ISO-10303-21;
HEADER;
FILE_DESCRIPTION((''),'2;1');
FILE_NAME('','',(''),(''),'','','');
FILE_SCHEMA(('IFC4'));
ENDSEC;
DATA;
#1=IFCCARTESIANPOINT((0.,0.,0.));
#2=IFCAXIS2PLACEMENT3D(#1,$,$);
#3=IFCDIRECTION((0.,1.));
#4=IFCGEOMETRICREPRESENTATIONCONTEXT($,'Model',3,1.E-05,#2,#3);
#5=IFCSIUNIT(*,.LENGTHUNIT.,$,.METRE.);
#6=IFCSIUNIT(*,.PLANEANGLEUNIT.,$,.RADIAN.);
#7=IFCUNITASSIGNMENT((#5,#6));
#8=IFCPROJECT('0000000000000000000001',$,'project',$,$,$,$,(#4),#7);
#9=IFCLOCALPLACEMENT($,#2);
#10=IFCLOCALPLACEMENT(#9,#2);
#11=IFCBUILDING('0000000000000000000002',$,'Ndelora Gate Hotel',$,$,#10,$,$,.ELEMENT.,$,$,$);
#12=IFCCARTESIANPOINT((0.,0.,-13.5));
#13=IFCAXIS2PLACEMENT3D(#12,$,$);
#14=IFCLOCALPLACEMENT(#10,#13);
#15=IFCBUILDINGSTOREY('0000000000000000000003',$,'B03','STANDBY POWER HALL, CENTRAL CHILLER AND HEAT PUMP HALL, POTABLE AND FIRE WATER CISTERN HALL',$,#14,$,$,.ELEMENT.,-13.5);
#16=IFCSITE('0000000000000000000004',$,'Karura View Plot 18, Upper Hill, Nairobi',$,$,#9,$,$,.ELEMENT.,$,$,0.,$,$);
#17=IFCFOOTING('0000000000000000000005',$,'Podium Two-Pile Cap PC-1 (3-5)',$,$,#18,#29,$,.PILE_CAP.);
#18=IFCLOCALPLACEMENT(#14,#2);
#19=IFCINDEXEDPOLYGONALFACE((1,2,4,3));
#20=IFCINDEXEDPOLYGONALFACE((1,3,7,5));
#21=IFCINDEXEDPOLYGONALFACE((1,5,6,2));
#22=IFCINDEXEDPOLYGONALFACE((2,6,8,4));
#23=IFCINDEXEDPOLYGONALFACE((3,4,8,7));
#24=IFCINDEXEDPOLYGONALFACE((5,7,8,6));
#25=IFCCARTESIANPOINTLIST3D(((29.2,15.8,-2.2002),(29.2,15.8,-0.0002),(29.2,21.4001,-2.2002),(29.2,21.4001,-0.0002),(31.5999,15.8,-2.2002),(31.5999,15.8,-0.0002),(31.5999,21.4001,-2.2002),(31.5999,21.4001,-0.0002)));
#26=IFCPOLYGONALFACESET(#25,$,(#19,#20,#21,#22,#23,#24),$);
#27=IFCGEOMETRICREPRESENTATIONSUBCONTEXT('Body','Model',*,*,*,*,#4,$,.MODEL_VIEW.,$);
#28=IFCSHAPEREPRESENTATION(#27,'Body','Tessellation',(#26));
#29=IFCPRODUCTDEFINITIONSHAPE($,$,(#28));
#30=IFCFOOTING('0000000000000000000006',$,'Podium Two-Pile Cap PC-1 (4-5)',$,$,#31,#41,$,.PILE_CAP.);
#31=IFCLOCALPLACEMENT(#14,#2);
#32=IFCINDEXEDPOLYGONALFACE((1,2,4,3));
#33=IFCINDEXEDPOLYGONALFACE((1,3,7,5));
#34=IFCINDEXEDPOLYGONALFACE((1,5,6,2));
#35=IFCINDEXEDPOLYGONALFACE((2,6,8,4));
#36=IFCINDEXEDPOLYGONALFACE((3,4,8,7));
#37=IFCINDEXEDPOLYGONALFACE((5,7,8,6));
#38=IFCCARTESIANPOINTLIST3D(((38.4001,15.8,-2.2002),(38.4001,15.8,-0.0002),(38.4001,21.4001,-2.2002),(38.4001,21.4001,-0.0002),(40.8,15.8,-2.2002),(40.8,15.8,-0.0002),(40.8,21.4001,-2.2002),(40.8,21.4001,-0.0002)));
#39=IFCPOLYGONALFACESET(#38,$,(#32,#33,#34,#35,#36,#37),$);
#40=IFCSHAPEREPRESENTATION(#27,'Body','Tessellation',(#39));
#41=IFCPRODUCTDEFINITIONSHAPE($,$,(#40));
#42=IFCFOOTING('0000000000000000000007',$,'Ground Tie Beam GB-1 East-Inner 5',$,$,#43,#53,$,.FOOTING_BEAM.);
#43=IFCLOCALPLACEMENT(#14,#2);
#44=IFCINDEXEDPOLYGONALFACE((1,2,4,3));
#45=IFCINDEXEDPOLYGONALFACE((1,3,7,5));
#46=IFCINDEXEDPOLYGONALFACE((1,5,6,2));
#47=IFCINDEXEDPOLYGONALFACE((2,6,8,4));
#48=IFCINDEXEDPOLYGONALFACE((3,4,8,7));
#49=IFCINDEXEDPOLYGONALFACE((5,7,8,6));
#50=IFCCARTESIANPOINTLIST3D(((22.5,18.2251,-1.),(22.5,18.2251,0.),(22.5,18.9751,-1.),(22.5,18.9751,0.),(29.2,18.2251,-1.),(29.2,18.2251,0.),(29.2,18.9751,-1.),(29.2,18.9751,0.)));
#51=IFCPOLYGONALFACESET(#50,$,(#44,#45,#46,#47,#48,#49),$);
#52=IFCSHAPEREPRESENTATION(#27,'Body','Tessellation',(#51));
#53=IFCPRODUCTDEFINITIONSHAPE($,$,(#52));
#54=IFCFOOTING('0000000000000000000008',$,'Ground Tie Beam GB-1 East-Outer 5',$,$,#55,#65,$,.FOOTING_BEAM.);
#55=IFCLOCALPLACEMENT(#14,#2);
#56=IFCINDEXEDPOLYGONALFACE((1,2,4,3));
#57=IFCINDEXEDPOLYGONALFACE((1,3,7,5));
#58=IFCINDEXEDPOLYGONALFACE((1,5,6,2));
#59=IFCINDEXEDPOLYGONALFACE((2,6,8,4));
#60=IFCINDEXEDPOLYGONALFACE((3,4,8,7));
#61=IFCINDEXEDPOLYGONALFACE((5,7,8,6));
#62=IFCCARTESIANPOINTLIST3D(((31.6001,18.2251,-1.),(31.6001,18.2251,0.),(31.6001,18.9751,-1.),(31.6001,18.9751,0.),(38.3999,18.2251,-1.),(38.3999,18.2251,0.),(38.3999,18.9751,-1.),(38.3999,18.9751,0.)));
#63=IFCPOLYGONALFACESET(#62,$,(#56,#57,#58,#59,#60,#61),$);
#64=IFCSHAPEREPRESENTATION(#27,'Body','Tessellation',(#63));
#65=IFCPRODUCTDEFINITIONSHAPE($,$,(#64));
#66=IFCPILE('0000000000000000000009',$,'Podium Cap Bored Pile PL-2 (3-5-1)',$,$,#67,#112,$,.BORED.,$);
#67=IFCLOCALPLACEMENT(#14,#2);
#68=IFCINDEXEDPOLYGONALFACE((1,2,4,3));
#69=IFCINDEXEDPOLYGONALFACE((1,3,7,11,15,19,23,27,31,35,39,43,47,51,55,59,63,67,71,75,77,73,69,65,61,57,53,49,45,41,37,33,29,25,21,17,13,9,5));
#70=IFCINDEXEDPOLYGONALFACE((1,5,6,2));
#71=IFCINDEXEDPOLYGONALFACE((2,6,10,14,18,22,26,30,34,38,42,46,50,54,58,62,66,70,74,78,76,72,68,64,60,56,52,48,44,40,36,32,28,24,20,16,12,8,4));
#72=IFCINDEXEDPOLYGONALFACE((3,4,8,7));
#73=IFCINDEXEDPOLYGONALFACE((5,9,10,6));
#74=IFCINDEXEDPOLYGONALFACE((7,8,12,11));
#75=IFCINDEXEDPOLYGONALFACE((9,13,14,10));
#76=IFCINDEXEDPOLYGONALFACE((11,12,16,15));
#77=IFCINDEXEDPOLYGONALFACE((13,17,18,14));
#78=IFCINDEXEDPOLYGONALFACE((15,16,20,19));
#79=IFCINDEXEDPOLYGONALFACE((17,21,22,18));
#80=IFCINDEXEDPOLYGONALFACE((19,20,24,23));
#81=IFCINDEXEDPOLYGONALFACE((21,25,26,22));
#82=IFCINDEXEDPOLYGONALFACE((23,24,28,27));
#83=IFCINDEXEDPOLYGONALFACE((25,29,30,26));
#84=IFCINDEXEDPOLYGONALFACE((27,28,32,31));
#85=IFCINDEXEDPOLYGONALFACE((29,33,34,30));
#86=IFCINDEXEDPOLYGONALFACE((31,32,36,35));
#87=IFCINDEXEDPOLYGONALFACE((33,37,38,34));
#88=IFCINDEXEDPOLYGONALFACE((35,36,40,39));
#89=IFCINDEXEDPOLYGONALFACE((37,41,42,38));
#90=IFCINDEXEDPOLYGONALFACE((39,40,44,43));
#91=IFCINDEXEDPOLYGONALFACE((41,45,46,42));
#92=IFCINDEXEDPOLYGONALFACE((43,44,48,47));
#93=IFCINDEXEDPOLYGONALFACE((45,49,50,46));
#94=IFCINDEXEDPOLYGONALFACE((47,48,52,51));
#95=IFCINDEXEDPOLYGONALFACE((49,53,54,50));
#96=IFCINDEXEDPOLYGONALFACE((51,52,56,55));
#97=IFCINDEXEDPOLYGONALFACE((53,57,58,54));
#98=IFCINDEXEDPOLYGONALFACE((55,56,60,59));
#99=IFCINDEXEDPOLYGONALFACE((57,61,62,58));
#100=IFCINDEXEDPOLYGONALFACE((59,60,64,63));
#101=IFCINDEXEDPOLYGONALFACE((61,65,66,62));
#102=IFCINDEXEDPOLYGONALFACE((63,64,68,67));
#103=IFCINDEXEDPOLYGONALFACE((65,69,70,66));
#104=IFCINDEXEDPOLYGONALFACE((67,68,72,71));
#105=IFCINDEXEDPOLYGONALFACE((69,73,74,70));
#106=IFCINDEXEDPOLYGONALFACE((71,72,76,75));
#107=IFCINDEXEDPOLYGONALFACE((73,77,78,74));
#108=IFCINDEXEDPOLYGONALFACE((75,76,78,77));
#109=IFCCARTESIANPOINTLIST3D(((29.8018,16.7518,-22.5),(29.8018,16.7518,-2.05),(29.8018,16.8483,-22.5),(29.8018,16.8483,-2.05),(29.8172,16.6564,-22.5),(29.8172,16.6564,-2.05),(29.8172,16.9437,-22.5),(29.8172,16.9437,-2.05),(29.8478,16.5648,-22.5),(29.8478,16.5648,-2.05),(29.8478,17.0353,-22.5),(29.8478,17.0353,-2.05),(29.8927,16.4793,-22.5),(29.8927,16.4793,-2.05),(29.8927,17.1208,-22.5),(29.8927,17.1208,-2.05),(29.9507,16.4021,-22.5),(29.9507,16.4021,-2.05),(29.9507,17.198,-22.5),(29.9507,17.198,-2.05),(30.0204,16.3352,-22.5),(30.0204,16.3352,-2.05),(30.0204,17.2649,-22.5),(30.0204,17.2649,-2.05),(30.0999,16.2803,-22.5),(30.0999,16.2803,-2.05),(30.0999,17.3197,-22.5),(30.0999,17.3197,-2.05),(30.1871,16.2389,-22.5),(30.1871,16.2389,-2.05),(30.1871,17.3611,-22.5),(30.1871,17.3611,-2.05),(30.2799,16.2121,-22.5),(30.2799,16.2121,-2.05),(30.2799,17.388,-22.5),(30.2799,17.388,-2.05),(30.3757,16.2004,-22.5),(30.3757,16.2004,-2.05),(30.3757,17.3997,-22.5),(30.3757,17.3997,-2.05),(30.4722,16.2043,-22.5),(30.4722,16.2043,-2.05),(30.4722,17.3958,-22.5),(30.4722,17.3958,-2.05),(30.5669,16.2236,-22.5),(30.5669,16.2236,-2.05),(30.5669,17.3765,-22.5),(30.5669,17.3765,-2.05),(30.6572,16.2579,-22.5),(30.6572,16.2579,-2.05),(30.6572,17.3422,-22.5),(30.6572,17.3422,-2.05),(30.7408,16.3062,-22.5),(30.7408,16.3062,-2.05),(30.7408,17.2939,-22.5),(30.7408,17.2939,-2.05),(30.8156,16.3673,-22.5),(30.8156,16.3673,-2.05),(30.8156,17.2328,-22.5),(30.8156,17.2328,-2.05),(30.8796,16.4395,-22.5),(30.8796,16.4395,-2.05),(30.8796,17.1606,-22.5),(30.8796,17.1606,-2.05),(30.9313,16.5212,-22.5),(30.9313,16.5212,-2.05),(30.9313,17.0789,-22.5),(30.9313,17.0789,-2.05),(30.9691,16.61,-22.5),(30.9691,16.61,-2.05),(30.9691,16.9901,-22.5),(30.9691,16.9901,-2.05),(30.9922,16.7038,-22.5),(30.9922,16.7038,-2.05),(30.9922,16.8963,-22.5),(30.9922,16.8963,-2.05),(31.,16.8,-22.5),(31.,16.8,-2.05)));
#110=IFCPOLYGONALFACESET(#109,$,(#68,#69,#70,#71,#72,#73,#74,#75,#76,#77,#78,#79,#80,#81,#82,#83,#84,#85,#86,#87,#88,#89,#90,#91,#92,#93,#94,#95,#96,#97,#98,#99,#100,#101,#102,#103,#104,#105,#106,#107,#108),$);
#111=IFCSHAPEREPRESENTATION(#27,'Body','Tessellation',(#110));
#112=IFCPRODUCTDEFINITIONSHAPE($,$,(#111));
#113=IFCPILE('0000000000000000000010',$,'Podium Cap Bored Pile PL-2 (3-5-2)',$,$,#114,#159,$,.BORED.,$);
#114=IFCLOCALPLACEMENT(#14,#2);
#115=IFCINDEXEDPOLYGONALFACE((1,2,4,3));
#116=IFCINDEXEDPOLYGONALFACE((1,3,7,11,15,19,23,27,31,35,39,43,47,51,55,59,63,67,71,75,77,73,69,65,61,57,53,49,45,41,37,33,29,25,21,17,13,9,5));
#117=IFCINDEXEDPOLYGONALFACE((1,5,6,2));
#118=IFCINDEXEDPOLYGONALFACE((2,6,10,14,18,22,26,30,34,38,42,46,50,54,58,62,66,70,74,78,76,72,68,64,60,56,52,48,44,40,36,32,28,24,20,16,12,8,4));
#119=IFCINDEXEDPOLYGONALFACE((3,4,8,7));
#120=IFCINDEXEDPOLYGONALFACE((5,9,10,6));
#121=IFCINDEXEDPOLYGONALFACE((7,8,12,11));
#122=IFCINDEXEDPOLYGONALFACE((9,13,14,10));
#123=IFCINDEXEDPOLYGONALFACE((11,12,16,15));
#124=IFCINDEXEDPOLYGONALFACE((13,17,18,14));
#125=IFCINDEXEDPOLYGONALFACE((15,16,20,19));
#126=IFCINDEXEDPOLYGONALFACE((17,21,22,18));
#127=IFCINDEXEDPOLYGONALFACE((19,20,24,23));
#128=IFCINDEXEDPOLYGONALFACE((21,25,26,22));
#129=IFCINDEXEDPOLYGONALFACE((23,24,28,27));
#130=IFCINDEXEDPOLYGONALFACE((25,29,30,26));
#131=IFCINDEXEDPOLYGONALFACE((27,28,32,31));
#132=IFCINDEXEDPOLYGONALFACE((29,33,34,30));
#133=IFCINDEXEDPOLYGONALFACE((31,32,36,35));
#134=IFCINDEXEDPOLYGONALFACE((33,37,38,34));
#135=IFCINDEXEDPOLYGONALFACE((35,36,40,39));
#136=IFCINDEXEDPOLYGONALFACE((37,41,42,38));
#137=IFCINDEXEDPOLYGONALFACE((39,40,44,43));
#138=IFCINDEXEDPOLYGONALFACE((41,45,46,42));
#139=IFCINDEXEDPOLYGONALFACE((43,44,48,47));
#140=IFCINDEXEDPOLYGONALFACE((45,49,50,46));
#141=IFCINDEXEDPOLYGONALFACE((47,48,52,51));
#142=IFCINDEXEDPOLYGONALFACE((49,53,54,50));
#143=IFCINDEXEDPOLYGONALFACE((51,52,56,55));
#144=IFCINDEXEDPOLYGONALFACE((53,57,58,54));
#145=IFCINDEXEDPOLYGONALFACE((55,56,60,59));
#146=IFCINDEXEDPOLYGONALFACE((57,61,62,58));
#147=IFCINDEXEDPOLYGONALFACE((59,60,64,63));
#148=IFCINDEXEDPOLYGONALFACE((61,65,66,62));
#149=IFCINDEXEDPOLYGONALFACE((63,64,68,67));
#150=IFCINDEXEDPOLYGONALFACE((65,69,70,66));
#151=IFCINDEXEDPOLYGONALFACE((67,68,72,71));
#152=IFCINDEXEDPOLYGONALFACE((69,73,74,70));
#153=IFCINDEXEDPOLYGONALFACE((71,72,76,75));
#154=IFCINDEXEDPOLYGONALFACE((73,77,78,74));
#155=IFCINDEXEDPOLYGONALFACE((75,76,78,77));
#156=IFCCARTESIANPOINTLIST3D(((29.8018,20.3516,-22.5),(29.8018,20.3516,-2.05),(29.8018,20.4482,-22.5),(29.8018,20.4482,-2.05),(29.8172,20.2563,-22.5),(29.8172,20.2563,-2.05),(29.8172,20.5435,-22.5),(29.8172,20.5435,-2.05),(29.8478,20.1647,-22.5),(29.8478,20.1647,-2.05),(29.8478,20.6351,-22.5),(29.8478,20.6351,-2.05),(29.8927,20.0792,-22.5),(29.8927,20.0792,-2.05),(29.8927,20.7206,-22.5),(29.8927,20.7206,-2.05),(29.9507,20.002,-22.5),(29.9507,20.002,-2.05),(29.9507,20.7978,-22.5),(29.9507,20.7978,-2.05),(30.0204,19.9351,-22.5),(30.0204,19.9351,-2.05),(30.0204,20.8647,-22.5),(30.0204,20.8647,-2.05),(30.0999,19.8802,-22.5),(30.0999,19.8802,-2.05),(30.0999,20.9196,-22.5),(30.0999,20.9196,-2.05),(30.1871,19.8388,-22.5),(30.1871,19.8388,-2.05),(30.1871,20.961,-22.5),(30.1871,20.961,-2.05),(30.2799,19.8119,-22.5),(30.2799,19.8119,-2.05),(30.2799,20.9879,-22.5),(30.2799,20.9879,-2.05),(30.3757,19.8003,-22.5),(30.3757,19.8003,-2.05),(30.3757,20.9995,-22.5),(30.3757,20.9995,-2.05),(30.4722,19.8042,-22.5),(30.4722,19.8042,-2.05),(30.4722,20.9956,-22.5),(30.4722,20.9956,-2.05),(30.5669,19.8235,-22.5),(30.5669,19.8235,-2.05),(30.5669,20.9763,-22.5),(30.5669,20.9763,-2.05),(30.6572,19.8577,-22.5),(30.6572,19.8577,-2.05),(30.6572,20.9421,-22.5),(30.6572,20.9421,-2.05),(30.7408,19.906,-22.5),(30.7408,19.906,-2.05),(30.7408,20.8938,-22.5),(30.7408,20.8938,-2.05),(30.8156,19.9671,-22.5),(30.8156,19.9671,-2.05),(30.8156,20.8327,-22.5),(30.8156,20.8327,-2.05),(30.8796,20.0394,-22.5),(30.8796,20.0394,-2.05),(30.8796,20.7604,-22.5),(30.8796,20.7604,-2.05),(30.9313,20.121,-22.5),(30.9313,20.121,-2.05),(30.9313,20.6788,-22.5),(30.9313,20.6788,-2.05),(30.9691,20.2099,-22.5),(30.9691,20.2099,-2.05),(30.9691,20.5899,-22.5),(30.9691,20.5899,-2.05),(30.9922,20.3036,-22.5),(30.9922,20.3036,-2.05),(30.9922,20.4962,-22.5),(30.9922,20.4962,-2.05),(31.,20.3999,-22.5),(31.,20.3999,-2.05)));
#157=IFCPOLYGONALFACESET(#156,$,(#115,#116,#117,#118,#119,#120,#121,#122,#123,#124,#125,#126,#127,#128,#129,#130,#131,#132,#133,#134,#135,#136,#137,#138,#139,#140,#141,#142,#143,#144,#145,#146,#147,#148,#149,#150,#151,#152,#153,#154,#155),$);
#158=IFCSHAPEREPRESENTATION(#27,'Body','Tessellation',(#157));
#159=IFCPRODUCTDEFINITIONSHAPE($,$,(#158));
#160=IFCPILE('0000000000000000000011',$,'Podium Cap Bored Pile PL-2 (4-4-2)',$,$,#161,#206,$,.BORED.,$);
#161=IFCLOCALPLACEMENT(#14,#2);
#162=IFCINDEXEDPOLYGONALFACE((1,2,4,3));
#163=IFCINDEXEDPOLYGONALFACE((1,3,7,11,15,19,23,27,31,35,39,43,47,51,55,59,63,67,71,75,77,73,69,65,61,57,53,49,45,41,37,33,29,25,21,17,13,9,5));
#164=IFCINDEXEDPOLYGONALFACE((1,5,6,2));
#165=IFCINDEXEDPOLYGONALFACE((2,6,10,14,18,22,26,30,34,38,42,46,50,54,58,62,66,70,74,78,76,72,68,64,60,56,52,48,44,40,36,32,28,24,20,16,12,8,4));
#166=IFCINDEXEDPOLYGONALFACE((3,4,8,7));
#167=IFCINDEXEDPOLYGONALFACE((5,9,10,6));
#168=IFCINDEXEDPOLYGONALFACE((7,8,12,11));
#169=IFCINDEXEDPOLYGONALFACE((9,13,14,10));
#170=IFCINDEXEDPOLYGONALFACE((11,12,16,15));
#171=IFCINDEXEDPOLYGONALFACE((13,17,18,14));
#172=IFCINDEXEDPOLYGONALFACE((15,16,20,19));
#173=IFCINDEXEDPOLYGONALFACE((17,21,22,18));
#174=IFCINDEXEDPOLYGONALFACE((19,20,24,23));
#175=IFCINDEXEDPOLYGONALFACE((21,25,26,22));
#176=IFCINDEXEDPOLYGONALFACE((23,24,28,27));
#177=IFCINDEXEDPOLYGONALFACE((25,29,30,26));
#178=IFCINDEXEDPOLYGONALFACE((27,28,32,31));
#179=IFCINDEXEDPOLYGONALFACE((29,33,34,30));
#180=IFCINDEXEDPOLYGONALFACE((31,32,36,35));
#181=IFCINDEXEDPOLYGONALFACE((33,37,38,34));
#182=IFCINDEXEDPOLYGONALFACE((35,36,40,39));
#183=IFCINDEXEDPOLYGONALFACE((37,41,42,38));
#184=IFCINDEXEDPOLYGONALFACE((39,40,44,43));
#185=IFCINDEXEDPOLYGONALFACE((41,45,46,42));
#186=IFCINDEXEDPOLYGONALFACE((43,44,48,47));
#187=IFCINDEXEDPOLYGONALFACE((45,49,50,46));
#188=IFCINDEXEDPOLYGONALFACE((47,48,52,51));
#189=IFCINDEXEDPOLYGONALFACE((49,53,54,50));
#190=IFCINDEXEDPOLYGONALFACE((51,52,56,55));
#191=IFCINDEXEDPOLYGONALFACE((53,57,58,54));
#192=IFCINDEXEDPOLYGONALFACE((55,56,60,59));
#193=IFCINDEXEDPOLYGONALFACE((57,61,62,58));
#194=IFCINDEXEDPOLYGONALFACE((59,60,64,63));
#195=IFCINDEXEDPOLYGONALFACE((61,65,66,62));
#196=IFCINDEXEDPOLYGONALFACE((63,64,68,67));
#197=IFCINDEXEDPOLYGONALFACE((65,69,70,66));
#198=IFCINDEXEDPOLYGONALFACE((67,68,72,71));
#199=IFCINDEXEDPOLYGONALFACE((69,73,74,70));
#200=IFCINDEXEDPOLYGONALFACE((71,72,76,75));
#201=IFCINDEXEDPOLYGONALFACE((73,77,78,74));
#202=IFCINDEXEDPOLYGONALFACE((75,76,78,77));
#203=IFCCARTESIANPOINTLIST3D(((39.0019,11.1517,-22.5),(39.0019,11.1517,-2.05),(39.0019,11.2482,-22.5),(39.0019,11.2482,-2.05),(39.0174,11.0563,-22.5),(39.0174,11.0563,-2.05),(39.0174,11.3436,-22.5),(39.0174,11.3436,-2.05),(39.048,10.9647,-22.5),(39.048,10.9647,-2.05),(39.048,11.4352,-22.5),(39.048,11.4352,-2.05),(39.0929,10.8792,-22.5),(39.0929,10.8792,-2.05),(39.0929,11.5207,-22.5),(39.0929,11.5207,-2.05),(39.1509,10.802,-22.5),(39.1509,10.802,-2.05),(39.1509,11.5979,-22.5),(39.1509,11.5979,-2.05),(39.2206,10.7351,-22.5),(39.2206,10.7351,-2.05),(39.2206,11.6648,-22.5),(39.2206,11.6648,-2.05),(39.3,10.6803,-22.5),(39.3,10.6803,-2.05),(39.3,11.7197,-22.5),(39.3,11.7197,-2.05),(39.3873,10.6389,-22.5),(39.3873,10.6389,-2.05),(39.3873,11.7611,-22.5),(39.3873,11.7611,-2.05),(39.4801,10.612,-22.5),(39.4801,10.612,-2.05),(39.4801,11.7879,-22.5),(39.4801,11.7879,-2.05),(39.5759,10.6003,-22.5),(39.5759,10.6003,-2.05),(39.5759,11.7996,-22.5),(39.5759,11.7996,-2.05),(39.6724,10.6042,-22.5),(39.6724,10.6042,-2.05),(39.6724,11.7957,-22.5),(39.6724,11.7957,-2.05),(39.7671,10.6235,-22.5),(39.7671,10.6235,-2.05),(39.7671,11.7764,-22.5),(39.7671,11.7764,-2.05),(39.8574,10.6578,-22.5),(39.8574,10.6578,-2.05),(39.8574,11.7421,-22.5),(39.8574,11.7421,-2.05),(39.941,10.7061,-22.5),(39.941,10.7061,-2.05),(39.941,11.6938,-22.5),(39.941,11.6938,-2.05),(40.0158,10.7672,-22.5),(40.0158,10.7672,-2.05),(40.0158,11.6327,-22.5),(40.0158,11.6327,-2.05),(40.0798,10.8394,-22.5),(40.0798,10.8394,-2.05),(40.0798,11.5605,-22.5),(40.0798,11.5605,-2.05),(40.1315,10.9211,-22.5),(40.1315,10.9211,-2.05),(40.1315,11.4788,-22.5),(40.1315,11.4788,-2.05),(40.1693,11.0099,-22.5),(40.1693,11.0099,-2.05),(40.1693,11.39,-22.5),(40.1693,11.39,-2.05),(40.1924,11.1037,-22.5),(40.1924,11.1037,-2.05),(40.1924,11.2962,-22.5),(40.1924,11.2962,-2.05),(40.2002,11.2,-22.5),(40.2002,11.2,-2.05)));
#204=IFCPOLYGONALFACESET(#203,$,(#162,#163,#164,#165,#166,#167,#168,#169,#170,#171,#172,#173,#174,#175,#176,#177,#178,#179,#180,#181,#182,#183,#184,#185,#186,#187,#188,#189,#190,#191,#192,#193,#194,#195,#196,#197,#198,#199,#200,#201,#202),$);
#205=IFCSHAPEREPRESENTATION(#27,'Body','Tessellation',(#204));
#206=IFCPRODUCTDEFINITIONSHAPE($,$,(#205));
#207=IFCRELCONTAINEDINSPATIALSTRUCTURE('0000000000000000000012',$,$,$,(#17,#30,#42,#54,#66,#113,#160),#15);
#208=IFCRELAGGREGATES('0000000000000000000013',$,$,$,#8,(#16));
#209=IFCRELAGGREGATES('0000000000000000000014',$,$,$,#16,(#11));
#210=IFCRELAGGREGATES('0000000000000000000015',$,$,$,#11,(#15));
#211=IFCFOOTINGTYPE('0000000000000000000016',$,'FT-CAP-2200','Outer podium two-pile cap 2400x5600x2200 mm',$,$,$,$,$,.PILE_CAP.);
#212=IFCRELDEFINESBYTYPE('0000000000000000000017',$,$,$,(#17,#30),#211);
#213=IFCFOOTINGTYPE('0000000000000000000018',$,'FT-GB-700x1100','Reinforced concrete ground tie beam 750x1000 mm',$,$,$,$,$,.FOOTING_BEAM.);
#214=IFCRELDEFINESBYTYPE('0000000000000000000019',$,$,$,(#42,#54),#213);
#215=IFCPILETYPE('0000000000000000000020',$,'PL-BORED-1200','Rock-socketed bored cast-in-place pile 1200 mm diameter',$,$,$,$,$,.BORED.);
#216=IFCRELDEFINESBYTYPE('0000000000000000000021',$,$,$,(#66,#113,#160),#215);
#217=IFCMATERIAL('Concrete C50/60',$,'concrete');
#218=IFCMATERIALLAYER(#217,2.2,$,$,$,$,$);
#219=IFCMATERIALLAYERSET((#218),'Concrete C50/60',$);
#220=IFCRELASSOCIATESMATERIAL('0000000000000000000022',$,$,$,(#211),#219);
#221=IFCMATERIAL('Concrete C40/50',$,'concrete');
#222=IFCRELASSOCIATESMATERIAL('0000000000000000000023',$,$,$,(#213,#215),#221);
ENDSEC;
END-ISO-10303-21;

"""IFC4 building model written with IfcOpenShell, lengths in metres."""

from ifc_helpers import new_model, si_unit, direction, frame, origin, origin_2d, place, context, subcontext, project, spatial, rectangle, circle, extrude, material, layer, layer_set, material_profile, profile_set, type_object, element, save


model = new_model("IFC4")

# Units and contexts
model_context = context("Model", 3, precision=1e-05, world=origin(), true_north=direction((0.0, 1.0)))
body_context = subcontext(model_context, "Body", "Model", "MODEL_VIEW")
ifc_project = project(units=[si_unit("LENGTHUNIT", "METRE"), si_unit("PLANEANGLEUNIT", "RADIAN")], contexts=[model_context])

# Site, building, storey
site_placement = place(None, origin())
site = spatial("IfcSite", under=ifc_project, at=site_placement, Name="Karura View Plot 18, Upper Hill, Nairobi", CompositionType="ELEMENT", RefElevation=0.0)
building_placement = place(site_placement, origin())
building = spatial("IfcBuilding", under=site, at=building_placement, Name="Ndelora Gate Hotel", CompositionType="ELEMENT")
storey_placement = place(building_placement, frame((0.0, 0.0, -13.5)))
storey = spatial("IfcBuildingStorey", under=building, at=storey_placement, Name="B03", Description="STANDBY POWER HALL, CENTRAL CHILLER AND HEAT PUMP HALL, POTABLE AND FIRE WATER CISTERN HALL", CompositionType="ELEMENT", Elevation=-13.5)

# Footings
ifc_material_1 = material(Name="Concrete C50/60", Category="concrete")
ifc_layer_1 = layer(ifc_material_1, 2.2)
ifc_layer_set_1 = layer_set([ifc_layer_1], Name="Concrete C50/60")
footing_type_1 = type_object("IfcFootingType", Name="FT-CAP-2200", Description="Outer podium two-pile cap 2400x5600x2200 mm", PredefinedType="PILE_CAP", material=ifc_layer_set_1)
for number, where, z_axis, x_axis, name in (
    (1, (30.3999, 18.6001, -2.2002), (0.0, 0.0, 1.0), (1.0, 0.0, 0.0), "Podium Two-Pile Cap PC-1 (3-5)"),
    (2, (39.6001, 18.6001, -2.2002), (0.0, 0.0, 1.0), (1.0, 0.0, 0.0), "Podium Two-Pile Cap PC-1 (4-5)"),
):
    element("IfcFooting", number, at=place(storey_placement, frame(where, z_axis=z_axis, x_axis=x_axis)), inside=storey, type_object=footing_type_1, Name=name, PredefinedType="PILE_CAP", context=body_context, shape_type="SweptSolid", body=[
        extrude(rectangle(XDim=2.3999, YDim=5.6001, at=origin_2d()), origin(), (0.0, 0.0, 1.0), 2.2),
    ])
ifc_material_2 = material(Name="Concrete C40/50", Category="concrete")
ifc_material_profile_1 = material_profile(ifc_material_2, rectangle(XDim=0.75, YDim=1.0, at=origin_2d()), Name="RCB 750x1000")
ifc_profile_set_1 = profile_set([ifc_material_profile_1], Name="Concrete C40/50")
footing_type_2 = type_object("IfcFootingType", Name="FT-GB-700x1100", Description="Reinforced concrete ground tie beam 750x1000 mm", PredefinedType="FOOTING_BEAM", material=ifc_profile_set_1)
footing_1_placement = place(storey_placement, frame((22.5, 18.6001, -0.5), z_axis=(1.0, 0.0, 0.0), x_axis=(0.0, 1.0, 0.0)))
element("IfcFooting", 3, at=footing_1_placement, inside=storey, type_object=footing_type_2, Name="Ground Tie Beam GB-1 East-Inner 5", PredefinedType="FOOTING_BEAM", context=body_context, shape_type="SweptSolid", body=[
    extrude(rectangle(XDim=0.75, YDim=1.0, at=origin_2d()), origin(), (0.0, 0.0, 1.0), 6.7),
])
footing_2_placement = place(storey_placement, frame((31.6001, 18.6001, -0.5), z_axis=(1.0, 0.0, 0.0), x_axis=(0.0, 1.0, 0.0)))
element("IfcFooting", 4, at=footing_2_placement, inside=storey, type_object=footing_type_2, Name="Ground Tie Beam GB-1 East-Outer 5", PredefinedType="FOOTING_BEAM", context=body_context, shape_type="SweptSolid", body=[
    extrude(rectangle(XDim=0.75, YDim=1.0, at=origin_2d()), origin(), (0.0, 0.0, 1.0), 6.7998),
])

# Piles
ifc_material_profile_2 = material_profile(ifc_material_2, circle(Radius=0.6001, at=origin_2d()), Name="PILE D1200")
ifc_profile_set_2 = profile_set([ifc_material_profile_2], Name="Concrete C40/50")
pile_type = type_object("IfcPileType", Name="PL-BORED-1200", Description="Rock-socketed bored cast-in-place pile 1200 mm diameter", PredefinedType="BORED", material=ifc_profile_set_2)
for number, where, z_axis, x_axis, name in (
    (5, (30.3999, 16.8, -2.05), (0.0, 0.0, -1.0), (1.0, 0.0, 0.0), "Podium Cap Bored Pile PL-2 (3-5-1)"),
    (6, (30.3999, 20.3999, -2.05), (0.0, 0.0, -1.0), (1.0, 0.0, 0.0), "Podium Cap Bored Pile PL-2 (3-5-2)"),
    (7, (39.6001, 11.2, -2.05), (0.0, 0.0, -1.0), (1.0, 0.0, 0.0), "Podium Cap Bored Pile PL-2 (4-4-2)"),
):
    element("IfcPile", number, at=place(storey_placement, frame(where, z_axis=z_axis, x_axis=x_axis)), inside=storey, type_object=pile_type, Name=name, PredefinedType="BORED", context=body_context, shape_type="SweptSolid", body=[
        extrude(circle(Radius=0.6001, at=origin_2d()), origin(), (0.0, 0.0, 1.0), 20.45),
    ])

save(model, "model.ifc")
